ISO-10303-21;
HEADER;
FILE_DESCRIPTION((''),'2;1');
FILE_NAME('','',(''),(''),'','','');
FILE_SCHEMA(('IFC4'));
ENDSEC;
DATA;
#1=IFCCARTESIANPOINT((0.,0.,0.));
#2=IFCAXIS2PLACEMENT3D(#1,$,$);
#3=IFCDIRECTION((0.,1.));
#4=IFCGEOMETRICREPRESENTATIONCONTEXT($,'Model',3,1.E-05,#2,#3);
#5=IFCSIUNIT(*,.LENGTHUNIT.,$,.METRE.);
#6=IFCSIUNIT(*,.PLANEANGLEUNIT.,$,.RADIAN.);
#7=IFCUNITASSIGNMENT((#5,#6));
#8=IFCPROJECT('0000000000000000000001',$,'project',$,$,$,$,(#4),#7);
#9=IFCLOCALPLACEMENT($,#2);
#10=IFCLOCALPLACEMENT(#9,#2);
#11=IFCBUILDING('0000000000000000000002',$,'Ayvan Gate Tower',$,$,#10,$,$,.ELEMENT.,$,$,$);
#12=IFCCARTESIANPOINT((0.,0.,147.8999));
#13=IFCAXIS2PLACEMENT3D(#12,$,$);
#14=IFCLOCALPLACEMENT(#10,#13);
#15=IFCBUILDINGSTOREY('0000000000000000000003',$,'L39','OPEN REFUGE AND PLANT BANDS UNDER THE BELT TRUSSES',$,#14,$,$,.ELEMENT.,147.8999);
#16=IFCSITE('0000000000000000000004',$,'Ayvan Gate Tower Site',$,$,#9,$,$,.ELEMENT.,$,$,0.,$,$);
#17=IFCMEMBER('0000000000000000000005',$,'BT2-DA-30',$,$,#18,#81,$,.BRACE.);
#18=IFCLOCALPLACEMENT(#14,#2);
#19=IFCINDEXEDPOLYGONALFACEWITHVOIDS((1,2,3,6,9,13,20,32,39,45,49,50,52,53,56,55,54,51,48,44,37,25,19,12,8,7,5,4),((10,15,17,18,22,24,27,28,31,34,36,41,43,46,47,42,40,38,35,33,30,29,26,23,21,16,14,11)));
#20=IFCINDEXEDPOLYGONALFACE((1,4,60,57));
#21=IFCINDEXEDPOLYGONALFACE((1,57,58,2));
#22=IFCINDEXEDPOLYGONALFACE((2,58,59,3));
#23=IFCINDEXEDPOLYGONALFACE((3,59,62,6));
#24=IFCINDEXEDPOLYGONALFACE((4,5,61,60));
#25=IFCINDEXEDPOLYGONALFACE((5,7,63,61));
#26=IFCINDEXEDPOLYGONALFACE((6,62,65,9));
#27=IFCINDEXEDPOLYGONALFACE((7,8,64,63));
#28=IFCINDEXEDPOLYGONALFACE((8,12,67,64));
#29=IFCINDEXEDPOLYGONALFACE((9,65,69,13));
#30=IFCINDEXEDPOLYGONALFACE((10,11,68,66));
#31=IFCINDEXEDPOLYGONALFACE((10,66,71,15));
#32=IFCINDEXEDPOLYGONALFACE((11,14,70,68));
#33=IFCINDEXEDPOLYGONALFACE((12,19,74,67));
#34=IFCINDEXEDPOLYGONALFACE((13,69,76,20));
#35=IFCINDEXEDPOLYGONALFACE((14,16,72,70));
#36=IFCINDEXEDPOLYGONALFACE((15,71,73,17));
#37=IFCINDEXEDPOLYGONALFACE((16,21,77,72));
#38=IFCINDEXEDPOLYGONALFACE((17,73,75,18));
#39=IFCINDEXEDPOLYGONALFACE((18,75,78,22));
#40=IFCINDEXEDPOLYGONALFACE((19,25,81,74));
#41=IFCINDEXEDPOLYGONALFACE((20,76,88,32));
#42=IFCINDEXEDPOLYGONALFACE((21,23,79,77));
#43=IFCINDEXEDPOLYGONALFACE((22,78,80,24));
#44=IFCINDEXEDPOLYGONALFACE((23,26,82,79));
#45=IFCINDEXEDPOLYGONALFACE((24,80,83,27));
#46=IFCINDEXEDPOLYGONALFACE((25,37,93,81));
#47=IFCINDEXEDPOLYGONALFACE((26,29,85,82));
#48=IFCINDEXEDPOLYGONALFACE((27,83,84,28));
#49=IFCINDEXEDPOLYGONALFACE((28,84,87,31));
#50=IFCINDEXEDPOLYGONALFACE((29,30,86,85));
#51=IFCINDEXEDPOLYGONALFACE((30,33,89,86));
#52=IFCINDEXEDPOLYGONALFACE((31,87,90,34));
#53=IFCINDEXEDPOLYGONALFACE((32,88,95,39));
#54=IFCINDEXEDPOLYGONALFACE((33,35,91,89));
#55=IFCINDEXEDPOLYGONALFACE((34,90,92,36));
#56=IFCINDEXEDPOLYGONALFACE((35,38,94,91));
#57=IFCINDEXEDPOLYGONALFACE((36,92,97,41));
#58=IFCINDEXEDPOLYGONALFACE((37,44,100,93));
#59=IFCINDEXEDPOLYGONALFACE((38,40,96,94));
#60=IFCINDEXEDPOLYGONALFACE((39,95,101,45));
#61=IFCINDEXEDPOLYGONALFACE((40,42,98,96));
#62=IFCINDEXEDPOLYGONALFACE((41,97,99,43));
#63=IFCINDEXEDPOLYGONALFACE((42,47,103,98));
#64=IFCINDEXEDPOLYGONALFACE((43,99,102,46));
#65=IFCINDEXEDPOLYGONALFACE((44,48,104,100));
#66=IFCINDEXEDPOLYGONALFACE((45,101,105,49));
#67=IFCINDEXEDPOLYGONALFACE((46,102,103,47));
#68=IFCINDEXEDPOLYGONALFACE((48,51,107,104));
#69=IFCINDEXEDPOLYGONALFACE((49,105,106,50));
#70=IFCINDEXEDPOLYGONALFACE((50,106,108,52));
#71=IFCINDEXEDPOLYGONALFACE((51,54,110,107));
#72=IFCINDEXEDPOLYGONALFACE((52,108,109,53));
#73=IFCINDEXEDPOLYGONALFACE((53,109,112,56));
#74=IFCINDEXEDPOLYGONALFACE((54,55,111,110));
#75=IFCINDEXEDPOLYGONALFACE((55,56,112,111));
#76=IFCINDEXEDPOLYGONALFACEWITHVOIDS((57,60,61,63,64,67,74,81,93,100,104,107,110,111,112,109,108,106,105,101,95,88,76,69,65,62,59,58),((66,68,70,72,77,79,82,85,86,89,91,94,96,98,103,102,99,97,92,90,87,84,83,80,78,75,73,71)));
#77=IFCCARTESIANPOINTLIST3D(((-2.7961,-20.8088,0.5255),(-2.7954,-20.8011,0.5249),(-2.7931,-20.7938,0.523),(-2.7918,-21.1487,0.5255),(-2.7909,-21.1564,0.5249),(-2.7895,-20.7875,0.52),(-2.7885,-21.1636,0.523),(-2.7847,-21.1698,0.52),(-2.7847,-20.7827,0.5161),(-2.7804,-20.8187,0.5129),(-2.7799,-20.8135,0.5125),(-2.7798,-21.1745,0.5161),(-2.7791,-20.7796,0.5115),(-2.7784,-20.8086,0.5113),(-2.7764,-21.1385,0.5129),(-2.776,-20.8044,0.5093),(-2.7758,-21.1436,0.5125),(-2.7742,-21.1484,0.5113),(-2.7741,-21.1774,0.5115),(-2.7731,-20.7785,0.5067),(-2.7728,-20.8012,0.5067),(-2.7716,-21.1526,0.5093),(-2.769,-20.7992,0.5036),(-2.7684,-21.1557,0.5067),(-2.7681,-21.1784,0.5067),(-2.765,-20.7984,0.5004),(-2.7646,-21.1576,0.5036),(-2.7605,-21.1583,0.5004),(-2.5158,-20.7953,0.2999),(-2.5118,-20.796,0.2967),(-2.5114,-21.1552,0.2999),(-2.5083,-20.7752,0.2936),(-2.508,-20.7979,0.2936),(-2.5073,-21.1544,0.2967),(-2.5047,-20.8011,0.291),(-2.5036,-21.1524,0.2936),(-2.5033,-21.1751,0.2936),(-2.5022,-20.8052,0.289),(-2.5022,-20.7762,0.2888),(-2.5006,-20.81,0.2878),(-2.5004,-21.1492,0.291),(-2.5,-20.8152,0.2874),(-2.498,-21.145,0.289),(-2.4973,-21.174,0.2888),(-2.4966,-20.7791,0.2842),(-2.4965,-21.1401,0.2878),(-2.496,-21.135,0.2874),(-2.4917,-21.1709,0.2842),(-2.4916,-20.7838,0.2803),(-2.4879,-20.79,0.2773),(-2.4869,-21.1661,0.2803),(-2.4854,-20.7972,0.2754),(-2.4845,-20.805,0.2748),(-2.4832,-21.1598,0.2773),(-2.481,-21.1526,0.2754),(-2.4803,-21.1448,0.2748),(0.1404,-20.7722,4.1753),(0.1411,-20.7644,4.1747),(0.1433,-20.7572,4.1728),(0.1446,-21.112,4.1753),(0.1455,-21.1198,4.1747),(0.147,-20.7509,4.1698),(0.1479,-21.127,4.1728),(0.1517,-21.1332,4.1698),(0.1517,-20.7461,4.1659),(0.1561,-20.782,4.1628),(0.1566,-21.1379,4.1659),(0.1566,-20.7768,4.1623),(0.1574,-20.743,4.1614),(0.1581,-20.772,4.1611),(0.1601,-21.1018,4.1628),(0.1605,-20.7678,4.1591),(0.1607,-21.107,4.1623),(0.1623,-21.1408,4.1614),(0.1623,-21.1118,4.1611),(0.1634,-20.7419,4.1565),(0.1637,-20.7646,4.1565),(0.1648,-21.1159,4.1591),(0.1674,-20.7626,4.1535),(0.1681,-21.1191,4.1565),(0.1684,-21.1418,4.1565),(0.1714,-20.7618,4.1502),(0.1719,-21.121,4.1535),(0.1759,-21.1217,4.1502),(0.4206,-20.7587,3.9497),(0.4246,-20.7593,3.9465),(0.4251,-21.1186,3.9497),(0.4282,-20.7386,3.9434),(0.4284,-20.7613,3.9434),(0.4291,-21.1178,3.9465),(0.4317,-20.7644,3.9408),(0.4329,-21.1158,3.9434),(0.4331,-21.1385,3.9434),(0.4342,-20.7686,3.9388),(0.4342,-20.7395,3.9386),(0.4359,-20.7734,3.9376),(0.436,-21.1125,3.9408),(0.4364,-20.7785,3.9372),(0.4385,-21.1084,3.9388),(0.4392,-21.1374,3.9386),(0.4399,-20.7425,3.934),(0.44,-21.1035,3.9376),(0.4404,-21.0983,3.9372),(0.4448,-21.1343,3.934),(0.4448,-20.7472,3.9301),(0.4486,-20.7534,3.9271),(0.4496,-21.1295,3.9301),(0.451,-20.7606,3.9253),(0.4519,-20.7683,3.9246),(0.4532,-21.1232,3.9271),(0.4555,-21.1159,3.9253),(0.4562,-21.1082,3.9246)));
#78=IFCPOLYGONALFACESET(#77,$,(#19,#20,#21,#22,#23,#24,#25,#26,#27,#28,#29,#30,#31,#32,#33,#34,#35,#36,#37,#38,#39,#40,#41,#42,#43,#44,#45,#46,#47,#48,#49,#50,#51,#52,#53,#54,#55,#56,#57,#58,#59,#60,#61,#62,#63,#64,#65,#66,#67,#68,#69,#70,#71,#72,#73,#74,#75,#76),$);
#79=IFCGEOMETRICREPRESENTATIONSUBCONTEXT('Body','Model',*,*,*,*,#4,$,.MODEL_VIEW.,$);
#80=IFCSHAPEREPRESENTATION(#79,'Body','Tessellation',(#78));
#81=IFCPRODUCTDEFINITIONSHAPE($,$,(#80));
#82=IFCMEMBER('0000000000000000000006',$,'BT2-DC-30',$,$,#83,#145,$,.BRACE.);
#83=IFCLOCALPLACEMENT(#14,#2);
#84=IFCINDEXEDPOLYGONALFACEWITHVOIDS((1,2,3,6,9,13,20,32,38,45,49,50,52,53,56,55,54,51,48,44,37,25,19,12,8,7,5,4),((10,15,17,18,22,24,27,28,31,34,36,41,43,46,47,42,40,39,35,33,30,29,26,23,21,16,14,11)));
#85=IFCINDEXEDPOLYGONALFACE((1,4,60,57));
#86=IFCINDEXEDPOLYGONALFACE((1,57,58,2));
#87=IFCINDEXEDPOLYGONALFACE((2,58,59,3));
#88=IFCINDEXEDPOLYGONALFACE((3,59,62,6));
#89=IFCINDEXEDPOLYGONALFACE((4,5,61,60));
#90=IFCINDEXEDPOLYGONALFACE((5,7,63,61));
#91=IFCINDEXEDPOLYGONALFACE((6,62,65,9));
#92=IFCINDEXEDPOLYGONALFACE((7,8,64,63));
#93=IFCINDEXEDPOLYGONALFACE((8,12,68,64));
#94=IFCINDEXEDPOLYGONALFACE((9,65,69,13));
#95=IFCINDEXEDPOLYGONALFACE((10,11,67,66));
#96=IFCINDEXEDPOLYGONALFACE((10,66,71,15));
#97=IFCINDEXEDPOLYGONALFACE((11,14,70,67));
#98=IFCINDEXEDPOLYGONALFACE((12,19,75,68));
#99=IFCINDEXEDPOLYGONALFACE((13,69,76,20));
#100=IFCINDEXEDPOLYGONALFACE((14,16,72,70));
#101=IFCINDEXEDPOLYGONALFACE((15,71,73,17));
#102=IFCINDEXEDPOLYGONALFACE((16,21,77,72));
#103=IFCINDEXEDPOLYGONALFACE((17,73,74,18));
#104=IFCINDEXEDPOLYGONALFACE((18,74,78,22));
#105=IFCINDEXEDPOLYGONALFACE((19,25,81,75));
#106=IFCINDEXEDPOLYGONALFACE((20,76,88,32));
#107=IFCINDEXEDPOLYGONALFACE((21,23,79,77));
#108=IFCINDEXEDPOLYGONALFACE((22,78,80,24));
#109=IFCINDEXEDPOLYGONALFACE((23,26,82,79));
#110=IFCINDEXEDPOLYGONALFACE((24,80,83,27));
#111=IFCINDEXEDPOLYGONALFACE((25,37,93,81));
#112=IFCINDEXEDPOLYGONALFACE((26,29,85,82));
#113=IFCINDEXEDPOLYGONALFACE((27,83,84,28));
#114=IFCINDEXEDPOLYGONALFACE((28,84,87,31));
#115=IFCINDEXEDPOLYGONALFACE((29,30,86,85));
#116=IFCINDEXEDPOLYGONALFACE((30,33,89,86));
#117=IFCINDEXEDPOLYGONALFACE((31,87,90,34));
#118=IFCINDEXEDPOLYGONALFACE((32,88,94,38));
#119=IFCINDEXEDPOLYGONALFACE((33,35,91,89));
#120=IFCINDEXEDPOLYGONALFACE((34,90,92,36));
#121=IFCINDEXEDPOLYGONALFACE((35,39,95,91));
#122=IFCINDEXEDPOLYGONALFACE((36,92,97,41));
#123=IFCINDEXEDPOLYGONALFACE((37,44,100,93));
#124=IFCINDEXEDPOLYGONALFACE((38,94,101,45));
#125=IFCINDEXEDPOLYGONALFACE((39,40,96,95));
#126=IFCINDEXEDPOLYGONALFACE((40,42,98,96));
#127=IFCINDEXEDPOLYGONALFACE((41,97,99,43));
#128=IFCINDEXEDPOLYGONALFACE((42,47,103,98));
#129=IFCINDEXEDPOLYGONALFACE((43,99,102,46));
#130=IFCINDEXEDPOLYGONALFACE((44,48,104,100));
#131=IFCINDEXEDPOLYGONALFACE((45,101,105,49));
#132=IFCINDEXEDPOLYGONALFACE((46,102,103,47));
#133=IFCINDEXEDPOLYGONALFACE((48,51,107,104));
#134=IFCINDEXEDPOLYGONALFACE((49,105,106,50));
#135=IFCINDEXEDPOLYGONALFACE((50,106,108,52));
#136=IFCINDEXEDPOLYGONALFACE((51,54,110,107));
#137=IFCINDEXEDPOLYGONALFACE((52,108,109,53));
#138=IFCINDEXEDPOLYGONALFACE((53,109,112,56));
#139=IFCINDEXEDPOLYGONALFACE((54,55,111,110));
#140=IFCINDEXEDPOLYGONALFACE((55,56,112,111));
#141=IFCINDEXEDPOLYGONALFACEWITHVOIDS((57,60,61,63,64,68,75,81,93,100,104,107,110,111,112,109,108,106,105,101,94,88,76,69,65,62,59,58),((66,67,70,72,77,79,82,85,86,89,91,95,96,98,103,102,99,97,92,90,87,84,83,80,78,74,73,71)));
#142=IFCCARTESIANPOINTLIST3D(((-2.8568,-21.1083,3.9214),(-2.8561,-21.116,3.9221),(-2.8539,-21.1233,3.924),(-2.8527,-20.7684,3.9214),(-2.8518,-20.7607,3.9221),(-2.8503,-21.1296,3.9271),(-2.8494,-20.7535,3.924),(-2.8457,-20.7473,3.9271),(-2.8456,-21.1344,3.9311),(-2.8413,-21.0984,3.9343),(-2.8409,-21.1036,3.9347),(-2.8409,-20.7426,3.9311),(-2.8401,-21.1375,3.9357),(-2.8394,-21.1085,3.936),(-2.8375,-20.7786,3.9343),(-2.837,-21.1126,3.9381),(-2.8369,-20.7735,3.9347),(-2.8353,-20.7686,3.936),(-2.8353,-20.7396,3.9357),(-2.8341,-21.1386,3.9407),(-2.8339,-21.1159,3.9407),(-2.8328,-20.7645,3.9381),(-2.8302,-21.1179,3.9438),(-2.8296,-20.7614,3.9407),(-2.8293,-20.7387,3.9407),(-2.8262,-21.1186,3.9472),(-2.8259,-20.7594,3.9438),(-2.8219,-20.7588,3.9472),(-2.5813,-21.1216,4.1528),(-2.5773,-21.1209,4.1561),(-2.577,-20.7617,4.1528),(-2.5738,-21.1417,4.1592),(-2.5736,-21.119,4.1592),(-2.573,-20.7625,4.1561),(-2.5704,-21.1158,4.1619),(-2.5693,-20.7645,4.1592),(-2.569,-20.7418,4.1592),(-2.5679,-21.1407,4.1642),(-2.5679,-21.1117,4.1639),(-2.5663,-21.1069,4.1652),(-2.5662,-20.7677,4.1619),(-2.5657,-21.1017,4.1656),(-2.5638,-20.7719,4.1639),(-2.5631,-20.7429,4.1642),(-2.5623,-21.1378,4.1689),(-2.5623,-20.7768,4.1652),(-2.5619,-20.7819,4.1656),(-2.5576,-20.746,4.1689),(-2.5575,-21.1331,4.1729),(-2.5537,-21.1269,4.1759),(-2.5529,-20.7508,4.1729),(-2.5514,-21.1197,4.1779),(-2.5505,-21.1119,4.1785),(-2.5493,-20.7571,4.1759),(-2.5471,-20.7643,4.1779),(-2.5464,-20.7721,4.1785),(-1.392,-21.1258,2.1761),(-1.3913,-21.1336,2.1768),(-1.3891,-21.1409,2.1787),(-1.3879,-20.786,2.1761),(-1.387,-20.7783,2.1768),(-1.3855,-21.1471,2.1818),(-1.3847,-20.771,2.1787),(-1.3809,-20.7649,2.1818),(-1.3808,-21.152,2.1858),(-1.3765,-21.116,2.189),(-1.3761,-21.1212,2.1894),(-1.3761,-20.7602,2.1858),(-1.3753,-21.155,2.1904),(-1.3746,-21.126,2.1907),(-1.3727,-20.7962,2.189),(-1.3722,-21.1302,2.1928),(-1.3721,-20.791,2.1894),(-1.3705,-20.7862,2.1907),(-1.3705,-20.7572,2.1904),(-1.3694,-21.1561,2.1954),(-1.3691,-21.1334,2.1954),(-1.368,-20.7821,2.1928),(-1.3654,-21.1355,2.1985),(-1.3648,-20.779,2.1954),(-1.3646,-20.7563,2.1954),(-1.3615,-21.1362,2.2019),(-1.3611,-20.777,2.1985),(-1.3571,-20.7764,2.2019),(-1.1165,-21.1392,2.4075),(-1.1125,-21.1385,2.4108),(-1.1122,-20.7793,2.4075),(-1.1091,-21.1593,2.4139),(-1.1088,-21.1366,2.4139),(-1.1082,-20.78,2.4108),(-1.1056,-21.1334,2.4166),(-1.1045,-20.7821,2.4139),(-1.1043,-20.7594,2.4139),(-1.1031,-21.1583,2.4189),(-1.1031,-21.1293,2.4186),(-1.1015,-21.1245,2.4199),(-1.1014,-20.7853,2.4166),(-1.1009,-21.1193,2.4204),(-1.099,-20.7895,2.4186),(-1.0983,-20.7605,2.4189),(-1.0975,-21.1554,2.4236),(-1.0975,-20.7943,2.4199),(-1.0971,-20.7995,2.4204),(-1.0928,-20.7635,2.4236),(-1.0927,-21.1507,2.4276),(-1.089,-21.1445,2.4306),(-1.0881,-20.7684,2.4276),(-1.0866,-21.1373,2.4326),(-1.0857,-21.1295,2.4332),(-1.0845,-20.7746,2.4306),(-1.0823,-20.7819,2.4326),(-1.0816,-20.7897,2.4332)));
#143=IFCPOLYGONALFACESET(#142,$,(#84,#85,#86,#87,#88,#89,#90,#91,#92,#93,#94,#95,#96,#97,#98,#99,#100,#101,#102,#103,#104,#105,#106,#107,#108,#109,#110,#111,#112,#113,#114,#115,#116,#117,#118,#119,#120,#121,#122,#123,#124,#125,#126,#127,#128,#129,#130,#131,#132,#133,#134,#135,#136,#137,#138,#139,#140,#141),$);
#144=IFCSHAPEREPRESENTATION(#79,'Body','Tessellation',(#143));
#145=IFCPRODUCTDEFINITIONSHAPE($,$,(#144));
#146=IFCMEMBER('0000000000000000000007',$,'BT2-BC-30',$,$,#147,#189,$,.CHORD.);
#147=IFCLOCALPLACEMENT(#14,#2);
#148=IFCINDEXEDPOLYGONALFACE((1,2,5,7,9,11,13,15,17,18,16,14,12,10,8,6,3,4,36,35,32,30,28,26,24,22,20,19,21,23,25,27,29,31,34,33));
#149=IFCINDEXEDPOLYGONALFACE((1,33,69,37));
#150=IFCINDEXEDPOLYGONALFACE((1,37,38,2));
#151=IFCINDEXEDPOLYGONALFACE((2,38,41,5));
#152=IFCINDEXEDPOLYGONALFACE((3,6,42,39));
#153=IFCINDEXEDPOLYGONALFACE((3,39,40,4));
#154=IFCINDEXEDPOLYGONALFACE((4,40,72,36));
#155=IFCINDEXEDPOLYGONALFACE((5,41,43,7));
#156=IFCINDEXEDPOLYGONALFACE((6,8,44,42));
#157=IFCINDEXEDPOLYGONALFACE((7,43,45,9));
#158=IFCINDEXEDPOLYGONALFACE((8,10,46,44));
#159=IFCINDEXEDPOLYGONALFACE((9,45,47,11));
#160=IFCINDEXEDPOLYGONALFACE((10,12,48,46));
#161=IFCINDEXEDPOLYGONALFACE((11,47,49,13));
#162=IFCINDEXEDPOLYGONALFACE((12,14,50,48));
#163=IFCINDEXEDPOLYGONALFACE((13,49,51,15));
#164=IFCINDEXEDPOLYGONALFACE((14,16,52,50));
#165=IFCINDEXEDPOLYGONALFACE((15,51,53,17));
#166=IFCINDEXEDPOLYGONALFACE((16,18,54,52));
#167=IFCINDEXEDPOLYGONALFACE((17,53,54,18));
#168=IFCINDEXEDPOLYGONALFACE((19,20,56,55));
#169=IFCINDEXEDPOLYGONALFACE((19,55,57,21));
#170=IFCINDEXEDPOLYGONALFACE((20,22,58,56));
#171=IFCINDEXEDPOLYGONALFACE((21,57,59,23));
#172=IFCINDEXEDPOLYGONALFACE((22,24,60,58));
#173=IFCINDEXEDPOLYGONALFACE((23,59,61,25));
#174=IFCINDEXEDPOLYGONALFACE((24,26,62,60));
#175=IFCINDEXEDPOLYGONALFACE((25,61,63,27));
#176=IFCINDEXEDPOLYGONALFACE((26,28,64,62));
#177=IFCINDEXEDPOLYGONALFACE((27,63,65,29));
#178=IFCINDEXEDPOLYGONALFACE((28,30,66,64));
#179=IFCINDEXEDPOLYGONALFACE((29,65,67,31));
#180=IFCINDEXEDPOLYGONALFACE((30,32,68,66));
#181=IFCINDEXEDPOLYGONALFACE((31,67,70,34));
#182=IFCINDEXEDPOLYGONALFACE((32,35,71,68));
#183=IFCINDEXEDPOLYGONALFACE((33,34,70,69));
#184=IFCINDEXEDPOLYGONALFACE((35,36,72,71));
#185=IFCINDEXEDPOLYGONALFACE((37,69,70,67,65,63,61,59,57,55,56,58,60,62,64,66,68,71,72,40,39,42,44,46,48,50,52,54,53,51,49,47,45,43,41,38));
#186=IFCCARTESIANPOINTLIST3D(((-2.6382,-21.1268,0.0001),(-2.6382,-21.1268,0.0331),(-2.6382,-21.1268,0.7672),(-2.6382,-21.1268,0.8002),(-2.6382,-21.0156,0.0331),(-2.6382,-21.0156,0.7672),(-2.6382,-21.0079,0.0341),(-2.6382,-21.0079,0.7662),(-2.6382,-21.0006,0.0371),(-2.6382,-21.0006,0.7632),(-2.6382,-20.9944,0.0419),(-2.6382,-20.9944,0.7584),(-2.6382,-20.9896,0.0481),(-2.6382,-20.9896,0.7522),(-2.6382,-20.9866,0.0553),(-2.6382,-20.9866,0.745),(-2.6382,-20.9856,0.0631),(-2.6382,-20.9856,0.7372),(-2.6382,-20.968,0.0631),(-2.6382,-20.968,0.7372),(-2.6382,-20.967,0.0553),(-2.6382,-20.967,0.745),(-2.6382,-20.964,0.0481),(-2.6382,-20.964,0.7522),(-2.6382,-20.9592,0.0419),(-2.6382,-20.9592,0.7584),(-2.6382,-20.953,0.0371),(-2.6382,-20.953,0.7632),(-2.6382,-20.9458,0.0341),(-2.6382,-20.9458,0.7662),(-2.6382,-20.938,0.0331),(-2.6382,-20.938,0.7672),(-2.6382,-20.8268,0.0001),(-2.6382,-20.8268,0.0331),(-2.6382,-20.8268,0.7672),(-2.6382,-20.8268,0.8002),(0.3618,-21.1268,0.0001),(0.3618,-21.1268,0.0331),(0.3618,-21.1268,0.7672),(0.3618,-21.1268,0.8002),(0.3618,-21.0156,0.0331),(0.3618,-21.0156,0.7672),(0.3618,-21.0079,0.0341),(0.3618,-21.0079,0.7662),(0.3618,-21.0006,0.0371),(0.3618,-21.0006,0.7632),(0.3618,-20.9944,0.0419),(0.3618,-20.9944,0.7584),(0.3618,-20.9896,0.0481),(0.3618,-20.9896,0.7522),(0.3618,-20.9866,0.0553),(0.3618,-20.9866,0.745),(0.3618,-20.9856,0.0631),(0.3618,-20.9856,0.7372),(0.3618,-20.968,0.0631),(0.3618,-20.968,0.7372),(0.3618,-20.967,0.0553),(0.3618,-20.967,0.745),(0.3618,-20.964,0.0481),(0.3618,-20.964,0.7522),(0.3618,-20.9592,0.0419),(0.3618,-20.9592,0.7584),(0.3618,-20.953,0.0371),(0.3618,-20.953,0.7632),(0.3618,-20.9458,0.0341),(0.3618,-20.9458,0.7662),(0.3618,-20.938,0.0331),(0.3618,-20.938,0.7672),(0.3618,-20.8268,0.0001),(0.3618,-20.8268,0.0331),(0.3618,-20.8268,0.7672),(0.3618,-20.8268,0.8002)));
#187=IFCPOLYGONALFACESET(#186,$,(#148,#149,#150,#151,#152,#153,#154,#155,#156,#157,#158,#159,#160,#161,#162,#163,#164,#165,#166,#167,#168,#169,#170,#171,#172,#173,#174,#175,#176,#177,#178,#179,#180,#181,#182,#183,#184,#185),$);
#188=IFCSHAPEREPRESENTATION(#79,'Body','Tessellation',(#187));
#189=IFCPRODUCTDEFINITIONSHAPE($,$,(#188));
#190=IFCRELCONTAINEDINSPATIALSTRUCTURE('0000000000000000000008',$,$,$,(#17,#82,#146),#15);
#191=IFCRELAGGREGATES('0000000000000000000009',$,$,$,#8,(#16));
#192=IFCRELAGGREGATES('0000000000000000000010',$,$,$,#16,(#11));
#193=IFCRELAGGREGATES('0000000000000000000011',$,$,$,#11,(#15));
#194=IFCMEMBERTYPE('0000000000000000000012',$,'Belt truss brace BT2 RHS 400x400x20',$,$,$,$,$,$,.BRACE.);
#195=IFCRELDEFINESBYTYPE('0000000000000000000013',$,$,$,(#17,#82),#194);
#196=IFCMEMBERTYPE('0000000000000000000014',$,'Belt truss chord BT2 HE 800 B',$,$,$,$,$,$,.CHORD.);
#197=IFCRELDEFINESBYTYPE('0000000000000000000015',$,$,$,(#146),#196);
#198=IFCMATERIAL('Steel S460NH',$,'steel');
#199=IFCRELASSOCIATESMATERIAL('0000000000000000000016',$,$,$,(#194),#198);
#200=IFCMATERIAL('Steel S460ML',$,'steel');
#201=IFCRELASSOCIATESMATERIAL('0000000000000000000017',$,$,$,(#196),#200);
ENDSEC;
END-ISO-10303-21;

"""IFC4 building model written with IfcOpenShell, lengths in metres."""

from ifc_helpers import new_model, si_unit, direction, frame, origin, origin_2d, place, context, subcontext, project, spatial, hollow_rectangle, i_section, extrude, material, material_profile, profile_set, type_object, element, save


model = new_model("IFC4")

# Units and contexts
model_context = context("Model", 3, precision=1e-05, world=origin(), true_north=direction((0.0, 1.0)))
body_context = subcontext(model_context, "Body", "Model", "MODEL_VIEW")
ifc_project = project(units=[si_unit("LENGTHUNIT", "METRE"), si_unit("PLANEANGLEUNIT", "RADIAN")], contexts=[model_context])

# Site, building, storey
site_placement = place(None, origin())
site = spatial("IfcSite", under=ifc_project, at=site_placement, Name="Ayvan Gate Tower Site", CompositionType="ELEMENT", RefElevation=0.0)
building_placement = place(site_placement, origin())
building = spatial("IfcBuilding", under=site, at=building_placement, Name="Ayvan Gate Tower", CompositionType="ELEMENT")
storey_placement = place(building_placement, frame((0.0, 0.0, 147.8999)))
storey = spatial("IfcBuildingStorey", under=building, at=storey_placement, Name="L39", Description="OPEN REFUGE AND PLANT BANDS UNDER THE BELT TRUSSES", CompositionType="ELEMENT", Elevation=147.8999)

# Members
ifc_material_1 = material(Name="Steel S460NH", Category="steel")
ifc_material_profile_1 = material_profile(ifc_material_1, hollow_rectangle(XDim=0.3999, YDim=0.3999, WallThickness=0.02, InnerFilletRadius=0.02, OuterFilletRadius=0.03, at=origin_2d()), Name="RHS 400x400x20")
ifc_profile_set_1 = profile_set([ifc_material_profile_1], Name="Steel S460NH")
member_type_1 = type_object("IfcMemberType", Name="Belt truss brace BT2 RHS 400x400x20", PredefinedType="BRACE", material=ifc_profile_set_1)
member_1_placement = place(storey_placement, frame((-2.6382, -20.9768, 0.4001), z_axis=(0.626834, 0.007817, 0.779113), x_axis=(-0.01247, 0.999922, 0.0)))
element("IfcMember", 1, at=member_1_placement, inside=storey, type_object=member_type_1, Name="BT2-DA-30", PredefinedType="BRACE", context=body_context, shape_type="SweptSolid", body=[
    extrude(hollow_rectangle(XDim=0.3999, YDim=0.3999, WallThickness=0.02, InnerFilletRadius=0.02, OuterFilletRadius=0.03, at=origin_2d()), origin(), (0.0, 0.0, 1.0), 4.6846),
])
member_2_placement = place(storey_placement, frame((-1.2368, -20.9578, 2.3047), z_axis=(-0.642849, 0.007714, 0.765954), x_axis=(-0.011999, -0.999928, 0.0)))
element("IfcMember", 2, at=member_2_placement, inside=storey, type_object=member_type_1, Name="BT2-DC-30", PredefinedType="BRACE", context=body_context, shape_type="SweptSolid", body=[
    extrude(hollow_rectangle(XDim=0.3999, YDim=0.3999, WallThickness=0.02, InnerFilletRadius=0.02, OuterFilletRadius=0.03, at=origin_2d()), origin(), (0.0, 0.0, 1.0), 2.2786),
])
ifc_material_2 = material(Name="Steel S460ML", Category="steel")
ifc_material_profile_2 = material_profile(ifc_material_2, i_section(OverallWidth=0.3, OverallDepth=0.8, WebThickness=0.0176, FlangeThickness=0.033, FilletRadius=0.03, at=origin_2d()), Name="HE 800 B")
ifc_profile_set_2 = profile_set([ifc_material_profile_2], Name="Steel S460ML")
member_type_2 = type_object("IfcMemberType", Name="Belt truss chord BT2 HE 800 B", PredefinedType="CHORD", material=ifc_profile_set_2)
for number, where, z_axis, x_axis, name in (
    (3, (-2.6382, -20.9768, 0.4001), (1.0, 0.0, 0.0), (0.0, 1.0, 0.0), "BT2-BC-30"),
):
    element("IfcMember", number, at=place(storey_placement, frame(where, z_axis=z_axis, x_axis=x_axis)), inside=storey, type_object=member_type_2, Name=name, PredefinedType="CHORD", context=body_context, shape_type="SweptSolid", body=[
        extrude(i_section(OverallWidth=0.3, OverallDepth=0.8, WebThickness=0.0176, FlangeThickness=0.033, FilletRadius=0.03, at=origin_2d()), origin(), (0.0, 0.0, 1.0), 3.0),
    ])

save(model, "model.ifc")
